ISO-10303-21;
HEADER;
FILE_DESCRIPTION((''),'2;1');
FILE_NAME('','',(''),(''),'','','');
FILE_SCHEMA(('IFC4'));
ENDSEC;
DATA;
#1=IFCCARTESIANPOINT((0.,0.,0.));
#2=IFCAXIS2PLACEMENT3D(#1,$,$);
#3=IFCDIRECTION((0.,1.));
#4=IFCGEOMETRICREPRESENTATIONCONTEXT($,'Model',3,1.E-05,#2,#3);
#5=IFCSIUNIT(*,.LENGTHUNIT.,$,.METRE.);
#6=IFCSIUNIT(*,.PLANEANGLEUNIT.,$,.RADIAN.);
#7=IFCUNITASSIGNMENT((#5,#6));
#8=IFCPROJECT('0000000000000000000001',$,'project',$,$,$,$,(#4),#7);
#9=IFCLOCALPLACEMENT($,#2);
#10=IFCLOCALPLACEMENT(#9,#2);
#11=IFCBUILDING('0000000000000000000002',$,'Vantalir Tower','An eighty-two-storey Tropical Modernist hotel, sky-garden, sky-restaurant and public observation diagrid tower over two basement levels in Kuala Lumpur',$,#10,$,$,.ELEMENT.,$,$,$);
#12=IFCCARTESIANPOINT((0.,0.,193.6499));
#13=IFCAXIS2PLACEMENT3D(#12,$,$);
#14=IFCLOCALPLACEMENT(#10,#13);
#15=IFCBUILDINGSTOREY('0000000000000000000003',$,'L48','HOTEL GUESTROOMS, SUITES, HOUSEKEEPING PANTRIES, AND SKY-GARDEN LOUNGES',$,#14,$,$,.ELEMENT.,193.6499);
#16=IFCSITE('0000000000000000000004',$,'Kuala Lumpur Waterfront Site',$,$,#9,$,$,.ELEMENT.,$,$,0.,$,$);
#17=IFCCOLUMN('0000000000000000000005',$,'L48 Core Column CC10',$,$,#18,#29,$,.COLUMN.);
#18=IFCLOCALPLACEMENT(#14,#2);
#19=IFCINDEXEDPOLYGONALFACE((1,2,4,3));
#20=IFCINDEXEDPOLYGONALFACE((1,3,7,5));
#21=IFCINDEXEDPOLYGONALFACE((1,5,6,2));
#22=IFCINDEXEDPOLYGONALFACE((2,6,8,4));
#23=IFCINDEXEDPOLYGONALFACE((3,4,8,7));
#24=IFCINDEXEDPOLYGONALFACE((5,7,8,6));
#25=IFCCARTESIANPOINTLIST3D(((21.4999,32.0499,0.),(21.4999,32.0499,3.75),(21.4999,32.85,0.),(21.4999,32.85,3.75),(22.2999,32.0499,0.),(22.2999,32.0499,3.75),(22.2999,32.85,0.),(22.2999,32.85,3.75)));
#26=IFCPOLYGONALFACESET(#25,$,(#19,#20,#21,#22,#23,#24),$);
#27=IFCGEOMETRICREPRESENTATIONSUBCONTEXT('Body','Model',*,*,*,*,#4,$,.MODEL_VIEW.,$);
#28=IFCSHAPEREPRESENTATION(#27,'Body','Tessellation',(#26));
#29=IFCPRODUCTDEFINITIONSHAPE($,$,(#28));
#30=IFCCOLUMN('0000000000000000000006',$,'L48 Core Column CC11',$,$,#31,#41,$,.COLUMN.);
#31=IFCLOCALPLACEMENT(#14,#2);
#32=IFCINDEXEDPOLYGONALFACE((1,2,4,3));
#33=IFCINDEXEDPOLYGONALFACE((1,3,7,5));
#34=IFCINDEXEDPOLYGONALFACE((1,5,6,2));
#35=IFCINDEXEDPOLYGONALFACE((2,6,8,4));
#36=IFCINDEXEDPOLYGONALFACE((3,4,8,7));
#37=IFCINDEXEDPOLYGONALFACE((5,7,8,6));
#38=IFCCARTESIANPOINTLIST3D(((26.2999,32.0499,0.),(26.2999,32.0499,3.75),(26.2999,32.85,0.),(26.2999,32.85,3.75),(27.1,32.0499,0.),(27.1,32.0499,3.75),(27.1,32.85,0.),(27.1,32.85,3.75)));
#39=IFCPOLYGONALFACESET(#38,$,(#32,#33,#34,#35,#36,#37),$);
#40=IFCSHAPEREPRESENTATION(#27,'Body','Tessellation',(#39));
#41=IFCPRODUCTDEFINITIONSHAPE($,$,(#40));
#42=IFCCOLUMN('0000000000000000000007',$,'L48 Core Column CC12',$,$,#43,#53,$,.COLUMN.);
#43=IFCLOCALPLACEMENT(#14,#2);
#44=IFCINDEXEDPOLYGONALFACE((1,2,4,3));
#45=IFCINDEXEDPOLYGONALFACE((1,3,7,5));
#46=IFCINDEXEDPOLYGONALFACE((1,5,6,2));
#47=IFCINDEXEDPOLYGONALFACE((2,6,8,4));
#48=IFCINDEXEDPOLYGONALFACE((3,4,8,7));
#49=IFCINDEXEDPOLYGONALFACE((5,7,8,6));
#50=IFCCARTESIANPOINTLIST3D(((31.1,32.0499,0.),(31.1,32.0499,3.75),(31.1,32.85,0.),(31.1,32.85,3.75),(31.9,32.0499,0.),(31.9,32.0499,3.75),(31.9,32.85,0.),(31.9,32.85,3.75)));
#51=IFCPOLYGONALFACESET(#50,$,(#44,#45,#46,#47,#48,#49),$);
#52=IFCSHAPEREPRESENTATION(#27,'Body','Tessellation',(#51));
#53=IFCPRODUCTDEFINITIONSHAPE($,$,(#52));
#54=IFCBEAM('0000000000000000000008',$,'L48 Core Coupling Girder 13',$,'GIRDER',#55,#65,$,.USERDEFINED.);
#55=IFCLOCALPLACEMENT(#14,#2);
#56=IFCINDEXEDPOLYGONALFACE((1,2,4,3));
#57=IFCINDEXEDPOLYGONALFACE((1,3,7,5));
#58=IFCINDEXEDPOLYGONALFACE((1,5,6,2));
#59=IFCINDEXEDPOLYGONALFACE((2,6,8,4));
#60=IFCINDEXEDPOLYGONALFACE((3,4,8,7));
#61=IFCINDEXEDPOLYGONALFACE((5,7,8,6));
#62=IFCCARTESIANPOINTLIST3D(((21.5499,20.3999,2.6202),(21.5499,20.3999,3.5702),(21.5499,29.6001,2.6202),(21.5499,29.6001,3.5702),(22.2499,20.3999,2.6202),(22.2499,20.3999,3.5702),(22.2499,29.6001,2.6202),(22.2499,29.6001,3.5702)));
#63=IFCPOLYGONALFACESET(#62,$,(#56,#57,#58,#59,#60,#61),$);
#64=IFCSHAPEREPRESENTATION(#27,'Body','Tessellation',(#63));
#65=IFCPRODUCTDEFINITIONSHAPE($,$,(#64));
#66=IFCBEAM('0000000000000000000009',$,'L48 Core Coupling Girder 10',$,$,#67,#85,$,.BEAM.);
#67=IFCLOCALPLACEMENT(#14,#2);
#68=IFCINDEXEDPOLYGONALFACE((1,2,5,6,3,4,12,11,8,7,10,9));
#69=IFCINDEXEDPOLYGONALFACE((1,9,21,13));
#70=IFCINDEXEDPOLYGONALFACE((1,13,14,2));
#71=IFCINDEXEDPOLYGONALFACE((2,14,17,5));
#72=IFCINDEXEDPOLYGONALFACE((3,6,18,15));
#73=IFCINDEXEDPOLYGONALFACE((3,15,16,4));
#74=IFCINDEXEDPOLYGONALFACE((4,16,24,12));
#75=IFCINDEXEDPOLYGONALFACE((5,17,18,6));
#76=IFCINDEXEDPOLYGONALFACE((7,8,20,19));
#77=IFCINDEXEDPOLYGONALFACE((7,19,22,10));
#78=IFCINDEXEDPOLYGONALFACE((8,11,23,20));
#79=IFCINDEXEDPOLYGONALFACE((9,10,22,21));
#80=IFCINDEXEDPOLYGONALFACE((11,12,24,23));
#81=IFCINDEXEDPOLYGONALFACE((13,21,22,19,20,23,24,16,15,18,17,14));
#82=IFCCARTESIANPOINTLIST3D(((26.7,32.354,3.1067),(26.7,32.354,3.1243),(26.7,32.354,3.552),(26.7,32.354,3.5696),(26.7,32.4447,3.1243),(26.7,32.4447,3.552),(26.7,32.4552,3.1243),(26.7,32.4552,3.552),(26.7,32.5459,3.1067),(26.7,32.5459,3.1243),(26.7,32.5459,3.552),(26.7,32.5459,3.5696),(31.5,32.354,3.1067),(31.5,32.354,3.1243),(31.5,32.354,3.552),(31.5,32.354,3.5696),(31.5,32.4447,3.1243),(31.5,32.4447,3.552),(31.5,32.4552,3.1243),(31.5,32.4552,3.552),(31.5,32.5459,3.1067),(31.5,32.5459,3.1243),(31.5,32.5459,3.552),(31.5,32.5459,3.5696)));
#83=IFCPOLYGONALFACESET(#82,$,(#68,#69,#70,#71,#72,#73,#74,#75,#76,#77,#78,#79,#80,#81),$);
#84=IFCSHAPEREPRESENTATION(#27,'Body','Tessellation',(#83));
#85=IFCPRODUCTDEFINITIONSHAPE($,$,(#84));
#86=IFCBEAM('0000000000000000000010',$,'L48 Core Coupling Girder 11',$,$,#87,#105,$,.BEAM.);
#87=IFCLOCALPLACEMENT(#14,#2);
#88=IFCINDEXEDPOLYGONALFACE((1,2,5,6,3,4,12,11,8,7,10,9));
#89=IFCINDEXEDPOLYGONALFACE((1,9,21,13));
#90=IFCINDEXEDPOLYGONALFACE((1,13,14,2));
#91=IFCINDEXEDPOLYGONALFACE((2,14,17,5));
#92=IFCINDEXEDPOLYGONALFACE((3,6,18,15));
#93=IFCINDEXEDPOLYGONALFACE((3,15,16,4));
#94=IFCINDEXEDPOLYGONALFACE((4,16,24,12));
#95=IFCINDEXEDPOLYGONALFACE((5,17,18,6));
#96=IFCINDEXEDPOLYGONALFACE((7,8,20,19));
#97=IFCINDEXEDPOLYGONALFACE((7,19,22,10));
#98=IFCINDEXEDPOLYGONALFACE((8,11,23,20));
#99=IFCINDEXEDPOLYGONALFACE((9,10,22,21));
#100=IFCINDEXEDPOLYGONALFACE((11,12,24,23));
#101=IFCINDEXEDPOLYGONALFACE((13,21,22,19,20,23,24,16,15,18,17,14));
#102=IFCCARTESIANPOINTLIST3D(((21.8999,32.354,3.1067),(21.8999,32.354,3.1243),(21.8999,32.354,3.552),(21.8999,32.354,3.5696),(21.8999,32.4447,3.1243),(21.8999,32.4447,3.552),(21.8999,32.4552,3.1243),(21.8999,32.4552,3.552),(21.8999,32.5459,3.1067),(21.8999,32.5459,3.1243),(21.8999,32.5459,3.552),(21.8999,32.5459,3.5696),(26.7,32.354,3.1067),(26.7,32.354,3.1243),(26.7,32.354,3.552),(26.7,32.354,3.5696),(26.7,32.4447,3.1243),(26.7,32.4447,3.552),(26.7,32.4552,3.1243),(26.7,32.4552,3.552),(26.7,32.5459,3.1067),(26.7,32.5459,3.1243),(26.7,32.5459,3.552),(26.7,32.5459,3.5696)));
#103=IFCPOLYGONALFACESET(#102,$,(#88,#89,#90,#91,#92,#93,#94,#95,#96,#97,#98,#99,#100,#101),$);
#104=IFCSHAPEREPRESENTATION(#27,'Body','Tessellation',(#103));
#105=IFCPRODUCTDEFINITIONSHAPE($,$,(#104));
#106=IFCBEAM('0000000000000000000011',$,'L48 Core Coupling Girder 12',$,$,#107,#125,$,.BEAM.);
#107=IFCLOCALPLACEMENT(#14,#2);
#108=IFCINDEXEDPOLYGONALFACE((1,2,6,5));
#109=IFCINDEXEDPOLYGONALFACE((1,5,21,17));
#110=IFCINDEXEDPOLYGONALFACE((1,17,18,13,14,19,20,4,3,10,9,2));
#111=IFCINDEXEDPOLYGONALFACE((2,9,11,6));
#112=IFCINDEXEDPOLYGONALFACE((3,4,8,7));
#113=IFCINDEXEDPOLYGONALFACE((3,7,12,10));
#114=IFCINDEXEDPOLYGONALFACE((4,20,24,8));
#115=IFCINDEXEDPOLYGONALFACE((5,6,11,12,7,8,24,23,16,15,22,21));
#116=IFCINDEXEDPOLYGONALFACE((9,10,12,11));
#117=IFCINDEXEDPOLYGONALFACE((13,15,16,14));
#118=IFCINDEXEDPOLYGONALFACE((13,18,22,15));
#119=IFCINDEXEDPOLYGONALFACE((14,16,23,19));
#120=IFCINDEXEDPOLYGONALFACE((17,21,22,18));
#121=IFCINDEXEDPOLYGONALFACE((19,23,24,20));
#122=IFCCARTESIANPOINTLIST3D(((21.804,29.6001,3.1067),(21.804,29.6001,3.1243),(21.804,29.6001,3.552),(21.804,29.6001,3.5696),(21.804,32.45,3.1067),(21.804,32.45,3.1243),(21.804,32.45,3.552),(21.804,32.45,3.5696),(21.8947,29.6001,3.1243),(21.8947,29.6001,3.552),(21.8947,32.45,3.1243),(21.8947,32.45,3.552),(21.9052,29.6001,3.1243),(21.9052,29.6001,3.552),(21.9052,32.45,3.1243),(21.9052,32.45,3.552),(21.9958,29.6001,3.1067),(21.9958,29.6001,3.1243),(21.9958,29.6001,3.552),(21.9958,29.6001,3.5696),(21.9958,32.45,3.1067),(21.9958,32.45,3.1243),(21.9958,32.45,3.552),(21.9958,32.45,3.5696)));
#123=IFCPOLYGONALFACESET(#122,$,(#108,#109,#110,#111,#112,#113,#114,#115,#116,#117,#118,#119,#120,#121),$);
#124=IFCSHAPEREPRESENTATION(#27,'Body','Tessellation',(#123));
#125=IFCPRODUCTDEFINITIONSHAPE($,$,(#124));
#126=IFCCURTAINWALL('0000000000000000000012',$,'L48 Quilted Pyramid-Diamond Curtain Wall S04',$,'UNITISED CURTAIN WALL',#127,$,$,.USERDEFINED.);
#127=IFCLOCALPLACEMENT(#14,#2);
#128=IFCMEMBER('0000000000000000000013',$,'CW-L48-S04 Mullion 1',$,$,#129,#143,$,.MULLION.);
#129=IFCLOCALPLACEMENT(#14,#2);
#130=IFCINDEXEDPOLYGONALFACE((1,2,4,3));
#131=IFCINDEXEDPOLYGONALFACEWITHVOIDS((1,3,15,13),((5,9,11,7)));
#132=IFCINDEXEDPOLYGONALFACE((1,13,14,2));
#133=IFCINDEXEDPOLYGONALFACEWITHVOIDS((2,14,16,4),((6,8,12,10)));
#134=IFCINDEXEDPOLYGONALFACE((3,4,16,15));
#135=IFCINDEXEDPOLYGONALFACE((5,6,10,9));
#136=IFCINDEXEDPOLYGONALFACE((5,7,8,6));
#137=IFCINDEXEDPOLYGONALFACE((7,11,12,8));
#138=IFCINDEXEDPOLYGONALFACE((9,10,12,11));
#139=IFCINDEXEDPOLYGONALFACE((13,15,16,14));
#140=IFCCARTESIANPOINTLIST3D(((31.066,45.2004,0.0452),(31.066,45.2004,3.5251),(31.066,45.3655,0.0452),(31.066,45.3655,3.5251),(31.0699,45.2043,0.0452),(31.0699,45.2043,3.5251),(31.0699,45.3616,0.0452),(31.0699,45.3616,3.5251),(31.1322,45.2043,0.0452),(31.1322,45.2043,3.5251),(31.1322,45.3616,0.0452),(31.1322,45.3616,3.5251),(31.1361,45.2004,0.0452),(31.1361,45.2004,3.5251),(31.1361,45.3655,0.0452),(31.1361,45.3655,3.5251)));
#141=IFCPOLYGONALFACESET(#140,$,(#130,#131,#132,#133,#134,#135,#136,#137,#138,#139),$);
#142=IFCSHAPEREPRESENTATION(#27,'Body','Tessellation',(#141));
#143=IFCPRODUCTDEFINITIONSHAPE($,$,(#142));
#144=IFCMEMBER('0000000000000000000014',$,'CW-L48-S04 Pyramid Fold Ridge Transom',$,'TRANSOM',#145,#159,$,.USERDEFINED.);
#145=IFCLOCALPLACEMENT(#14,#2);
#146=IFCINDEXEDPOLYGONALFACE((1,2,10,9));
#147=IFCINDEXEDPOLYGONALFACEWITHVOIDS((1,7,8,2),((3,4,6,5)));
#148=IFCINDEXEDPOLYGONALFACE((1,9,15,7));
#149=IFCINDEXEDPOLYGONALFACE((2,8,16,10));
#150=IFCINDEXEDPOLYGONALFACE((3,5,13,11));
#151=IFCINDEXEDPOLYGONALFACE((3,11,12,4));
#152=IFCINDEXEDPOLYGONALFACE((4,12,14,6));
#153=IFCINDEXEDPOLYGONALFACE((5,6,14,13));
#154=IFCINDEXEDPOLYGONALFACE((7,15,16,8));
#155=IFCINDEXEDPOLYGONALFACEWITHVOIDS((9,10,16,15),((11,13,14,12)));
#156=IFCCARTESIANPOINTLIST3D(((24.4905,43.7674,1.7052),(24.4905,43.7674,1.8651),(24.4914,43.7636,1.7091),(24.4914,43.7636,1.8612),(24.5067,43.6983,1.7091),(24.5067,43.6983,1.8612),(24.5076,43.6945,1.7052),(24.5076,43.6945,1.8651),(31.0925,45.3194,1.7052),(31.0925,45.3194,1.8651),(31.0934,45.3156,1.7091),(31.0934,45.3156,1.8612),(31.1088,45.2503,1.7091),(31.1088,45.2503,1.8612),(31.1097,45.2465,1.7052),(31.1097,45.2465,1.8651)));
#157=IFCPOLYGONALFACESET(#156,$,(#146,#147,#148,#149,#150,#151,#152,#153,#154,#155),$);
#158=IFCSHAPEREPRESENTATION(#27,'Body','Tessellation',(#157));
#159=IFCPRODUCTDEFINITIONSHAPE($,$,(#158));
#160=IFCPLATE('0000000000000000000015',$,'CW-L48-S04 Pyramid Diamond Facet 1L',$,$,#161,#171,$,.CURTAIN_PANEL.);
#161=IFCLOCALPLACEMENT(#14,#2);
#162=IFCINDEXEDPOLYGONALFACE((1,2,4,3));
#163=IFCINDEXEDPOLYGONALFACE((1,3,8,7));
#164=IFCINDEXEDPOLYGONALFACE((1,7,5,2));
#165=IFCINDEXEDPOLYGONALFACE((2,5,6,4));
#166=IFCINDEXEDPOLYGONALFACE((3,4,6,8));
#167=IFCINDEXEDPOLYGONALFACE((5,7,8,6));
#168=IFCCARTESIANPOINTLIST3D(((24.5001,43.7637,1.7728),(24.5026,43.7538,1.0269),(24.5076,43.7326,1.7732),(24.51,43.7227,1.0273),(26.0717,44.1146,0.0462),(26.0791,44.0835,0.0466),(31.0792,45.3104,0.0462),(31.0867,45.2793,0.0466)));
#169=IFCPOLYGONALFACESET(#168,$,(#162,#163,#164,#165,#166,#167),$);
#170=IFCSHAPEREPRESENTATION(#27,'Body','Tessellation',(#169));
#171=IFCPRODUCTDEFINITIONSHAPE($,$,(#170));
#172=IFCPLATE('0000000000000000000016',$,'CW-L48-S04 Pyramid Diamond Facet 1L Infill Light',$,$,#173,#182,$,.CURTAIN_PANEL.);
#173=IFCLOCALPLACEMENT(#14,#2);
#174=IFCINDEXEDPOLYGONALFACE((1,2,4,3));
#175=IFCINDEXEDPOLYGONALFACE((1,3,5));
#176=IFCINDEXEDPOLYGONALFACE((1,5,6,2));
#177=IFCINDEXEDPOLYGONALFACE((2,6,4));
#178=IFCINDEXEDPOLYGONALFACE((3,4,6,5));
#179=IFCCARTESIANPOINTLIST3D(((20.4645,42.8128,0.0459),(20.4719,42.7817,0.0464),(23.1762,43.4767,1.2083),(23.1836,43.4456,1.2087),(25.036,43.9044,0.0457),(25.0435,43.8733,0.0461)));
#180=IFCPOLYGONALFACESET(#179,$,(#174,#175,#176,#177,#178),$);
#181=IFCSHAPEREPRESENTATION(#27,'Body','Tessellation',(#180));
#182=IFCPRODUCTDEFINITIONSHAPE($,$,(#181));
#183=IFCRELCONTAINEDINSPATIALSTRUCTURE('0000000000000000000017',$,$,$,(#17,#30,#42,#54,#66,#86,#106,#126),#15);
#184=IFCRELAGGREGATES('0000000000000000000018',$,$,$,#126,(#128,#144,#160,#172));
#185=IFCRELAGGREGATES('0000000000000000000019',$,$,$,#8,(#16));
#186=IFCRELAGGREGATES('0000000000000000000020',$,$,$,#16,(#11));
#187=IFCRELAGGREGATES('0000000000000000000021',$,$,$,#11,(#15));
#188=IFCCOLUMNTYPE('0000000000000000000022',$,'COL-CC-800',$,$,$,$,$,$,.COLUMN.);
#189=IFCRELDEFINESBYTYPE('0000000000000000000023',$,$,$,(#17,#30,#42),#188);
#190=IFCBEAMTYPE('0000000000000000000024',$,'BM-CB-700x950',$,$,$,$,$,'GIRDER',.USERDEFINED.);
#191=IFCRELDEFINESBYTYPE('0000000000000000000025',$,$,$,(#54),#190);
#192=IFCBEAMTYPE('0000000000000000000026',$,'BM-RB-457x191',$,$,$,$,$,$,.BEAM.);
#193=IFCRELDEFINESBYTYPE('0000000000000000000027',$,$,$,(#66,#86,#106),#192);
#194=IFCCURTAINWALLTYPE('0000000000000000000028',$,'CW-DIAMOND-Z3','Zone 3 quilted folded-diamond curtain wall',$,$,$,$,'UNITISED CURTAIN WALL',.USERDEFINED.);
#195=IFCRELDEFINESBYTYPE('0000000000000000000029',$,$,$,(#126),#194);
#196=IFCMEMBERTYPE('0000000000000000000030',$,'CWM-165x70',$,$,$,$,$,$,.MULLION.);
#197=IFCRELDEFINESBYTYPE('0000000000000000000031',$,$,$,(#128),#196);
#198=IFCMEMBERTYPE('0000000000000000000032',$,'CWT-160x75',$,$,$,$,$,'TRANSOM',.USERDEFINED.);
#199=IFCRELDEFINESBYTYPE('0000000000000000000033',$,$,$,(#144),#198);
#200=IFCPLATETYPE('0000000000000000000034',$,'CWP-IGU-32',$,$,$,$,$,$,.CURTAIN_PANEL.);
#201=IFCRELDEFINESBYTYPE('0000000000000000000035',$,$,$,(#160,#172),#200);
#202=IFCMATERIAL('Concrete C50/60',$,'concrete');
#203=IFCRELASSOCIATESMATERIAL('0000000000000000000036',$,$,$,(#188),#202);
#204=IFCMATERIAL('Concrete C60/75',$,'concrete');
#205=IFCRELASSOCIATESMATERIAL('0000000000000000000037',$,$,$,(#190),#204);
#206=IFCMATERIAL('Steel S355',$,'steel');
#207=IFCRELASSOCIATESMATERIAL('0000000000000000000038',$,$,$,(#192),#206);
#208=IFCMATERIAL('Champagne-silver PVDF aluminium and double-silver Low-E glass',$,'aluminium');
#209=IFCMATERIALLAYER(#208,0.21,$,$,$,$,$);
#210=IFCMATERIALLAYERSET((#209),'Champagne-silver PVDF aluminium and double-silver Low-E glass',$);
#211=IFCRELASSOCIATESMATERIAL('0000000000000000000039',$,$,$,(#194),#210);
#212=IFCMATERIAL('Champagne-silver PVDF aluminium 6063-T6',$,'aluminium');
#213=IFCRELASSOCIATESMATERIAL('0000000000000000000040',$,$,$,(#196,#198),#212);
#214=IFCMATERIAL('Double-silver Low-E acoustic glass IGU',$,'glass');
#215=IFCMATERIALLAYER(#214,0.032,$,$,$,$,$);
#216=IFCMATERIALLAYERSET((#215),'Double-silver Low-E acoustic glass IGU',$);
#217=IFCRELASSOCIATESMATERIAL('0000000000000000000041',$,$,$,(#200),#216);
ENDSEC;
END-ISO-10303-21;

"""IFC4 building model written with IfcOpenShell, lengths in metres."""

from ifc_helpers import new_model, si_unit, direction, frame, origin, origin_2d, place, context, subcontext, project, spatial, polyline, rectangle, hollow_rectangle, i_section, outline, extrude, material, layer, layer_set, material_profile, profile_set, type_object, element, aggregate, save


model = new_model("IFC4")

# Units and contexts
model_context = context("Model", 3, precision=1e-05, world=origin(), true_north=direction((0.0, 1.0)))
body_context = subcontext(model_context, "Body", "Model", "MODEL_VIEW")
ifc_project = project(units=[si_unit("LENGTHUNIT", "METRE"), si_unit("PLANEANGLEUNIT", "RADIAN")], contexts=[model_context])

# Site, building, storey
site_placement = place(None, origin())
site = spatial("IfcSite", under=ifc_project, at=site_placement, Name="Kuala Lumpur Waterfront Site", CompositionType="ELEMENT", RefElevation=0.0)
building_placement = place(site_placement, origin())
building = spatial("IfcBuilding", under=site, at=building_placement, Name="Vantalir Tower", Description="An eighty-two-storey Tropical Modernist hotel, sky-garden, sky-restaurant and public observation diagrid tower over two basement levels in Kuala Lumpur", CompositionType="ELEMENT")
storey_placement = place(building_placement, frame((0.0, 0.0, 193.6499)))
storey = spatial("IfcBuildingStorey", under=building, at=storey_placement, Name="L48", Description="HOTEL GUESTROOMS, SUITES, HOUSEKEEPING PANTRIES, AND SKY-GARDEN LOUNGES", CompositionType="ELEMENT", Elevation=193.6499)

# Columns
ifc_material_1 = material(Name="Concrete C50/60", Category="concrete")
ifc_material_profile_1 = material_profile(ifc_material_1, rectangle(XDim=0.8, YDim=0.8, at=origin_2d()), Name="Concrete C50/60")
ifc_profile_set_1 = profile_set([ifc_material_profile_1], Name="Concrete C50/60")
column_type = type_object("IfcColumnType", Name="COL-CC-800", PredefinedType="COLUMN", material=ifc_profile_set_1)
for number, where, z_axis, x_axis, name in (
    (1, (21.8999, 32.45, 0.0), (0.0, 0.0, 1.0), (1.0, 0.0, 0.0), "L48 Core Column CC10"),
    (2, (26.7, 32.45, 0.0), (0.0, 0.0, 1.0), (1.0, 0.0, 0.0), "L48 Core Column CC11"),
    (3, (31.5, 32.45, 0.0), (0.0, 0.0, 1.0), (1.0, 0.0, 0.0), "L48 Core Column CC12"),
):
    element("IfcColumn", number, at=place(storey_placement, frame(where, z_axis=z_axis, x_axis=x_axis)), inside=storey, type_object=column_type, Name=name, PredefinedType="COLUMN", context=body_context, shape_type="SweptSolid", body=[
        extrude(rectangle(XDim=0.8, YDim=0.8, at=origin_2d()), origin(), (0.0, 0.0, 1.0), 3.75),
    ])

# Beams
ifc_material_2 = material(Name="Concrete C60/75", Category="concrete")
ifc_material_profile_2 = material_profile(ifc_material_2, rectangle(XDim=0.7, YDim=0.95, at=origin_2d()), Name="Concrete C60/75")
ifc_profile_set_2 = profile_set([ifc_material_profile_2], Name="Concrete C60/75")
beam_type_1 = type_object("IfcBeamType", Name="BM-CB-700x950", ElementType="GIRDER", PredefinedType="USERDEFINED", material=ifc_profile_set_2)
beam_1_placement = place(storey_placement, frame((21.8999, 29.6001, 3.0952), z_axis=(0.0, -1.0, 0.0), x_axis=(1.0, 0.0, 0.0)))
element("IfcBeam", 4, at=beam_1_placement, inside=storey, type_object=beam_type_1, Name="L48 Core Coupling Girder 13", ObjectType="GIRDER", PredefinedType="USERDEFINED", context=body_context, shape_type="SweptSolid", body=[
    extrude(rectangle(XDim=0.7, YDim=0.95, at=origin_2d()), origin(), (0.0, 0.0, 1.0), 9.2002),
])
ifc_material_3 = material(Name="Steel S355", Category="steel")
ifc_material_profile_3 = material_profile(ifc_material_3, i_section(OverallWidth=0.1919, OverallDepth=0.4629, WebThickness=0.0105, FlangeThickness=0.0176, at=origin_2d()), Name="Steel S355")
ifc_profile_set_3 = profile_set([ifc_material_profile_3], Name="Steel S355")
beam_type_2 = type_object("IfcBeamType", Name="BM-RB-457x191", PredefinedType="BEAM", material=ifc_profile_set_3)
for number, where, z_axis, x_axis, name in (
    (5, (31.5, 32.45, 3.3381), (-1.0, 0.0, 0.0), (0.0, -1.0, 0.0), "L48 Core Coupling Girder 10"),
    (6, (26.7, 32.45, 3.3381), (-1.0, 0.0, 0.0), (0.0, -1.0, 0.0), "L48 Core Coupling Girder 11"),
):
    element("IfcBeam", number, at=place(storey_placement, frame(where, z_axis=z_axis, x_axis=x_axis)), inside=storey, type_object=beam_type_2, Name=name, PredefinedType="BEAM", context=body_context, shape_type="SweptSolid", body=[
        extrude(i_section(OverallWidth=0.1919, OverallDepth=0.4629, WebThickness=0.0105, FlangeThickness=0.0176, at=origin_2d()), origin(), (0.0, 0.0, 1.0), 4.8),
    ])
beam_2_placement = place(storey_placement, frame((21.8999, 32.45, 3.3381), z_axis=(0.0, -1.0, 0.0), x_axis=(1.0, 0.0, 0.0)))
element("IfcBeam", 7, at=beam_2_placement, inside=storey, type_object=beam_type_2, Name="L48 Core Coupling Girder 12", PredefinedType="BEAM", context=body_context, shape_type="SweptSolid", body=[
    extrude(i_section(OverallWidth=0.1919, OverallDepth=0.4629, WebThickness=0.0105, FlangeThickness=0.0176, at=origin_2d()), origin(), (0.0, 0.0, 1.0), 2.8499),
])

# Curtain wall, members, plates
ifc_material_4 = material(Name="Champagne-silver PVDF aluminium and double-silver Low-E glass", Category="aluminium")
ifc_layer_1 = layer(ifc_material_4, 0.21)
ifc_layer_set_1 = layer_set([ifc_layer_1], Name="Champagne-silver PVDF aluminium and double-silver Low-E glass")
curtain_wall_type = type_object("IfcCurtainWallType", Name="CW-DIAMOND-Z3", Description="Zone 3 quilted folded-diamond curtain wall", ElementType="UNITISED CURTAIN WALL", PredefinedType="USERDEFINED", material=ifc_layer_set_1)
curtain_wall_placement = place(storey_placement, origin())
curtain_wall = element("IfcCurtainWall", 8, at=curtain_wall_placement, inside=storey, type_object=curtain_wall_type, Name="L48 Quilted Pyramid-Diamond Curtain Wall S04", ObjectType="UNITISED CURTAIN WALL", PredefinedType="USERDEFINED")
ifc_material_5 = material(Name="Champagne-silver PVDF aluminium 6063-T6", Category="aluminium")
ifc_material_profile_4 = material_profile(ifc_material_5, hollow_rectangle(XDim=0.0701, YDim=0.165, WallThickness=0.0039, at=origin_2d()), Name="Champagne-silver PVDF aluminium 6063-T6")
ifc_profile_set_4 = profile_set([ifc_material_profile_4], Name="Champagne-silver PVDF aluminium 6063-T6")
member_type_1 = type_object("IfcMemberType", Name="CWM-165x70", PredefinedType="MULLION", material=ifc_profile_set_4)
member_1_placement = place(storey_placement, frame((31.1011, 45.283, 0.0452), z_axis=(0.0, 0.0, 1.0), x_axis=(1.0, 0.0, 0.0)))
member_1 = element("IfcMember", 9, at=member_1_placement, type_object=member_type_1, Name="CW-L48-S04 Mullion 1", PredefinedType="MULLION", context=body_context, shape_type="SweptSolid", body=[
    extrude(hollow_rectangle(XDim=0.0701, YDim=0.165, WallThickness=0.0039, at=origin_2d()), origin(), (0.0, 0.0, 1.0), 3.48),
])
ifc_material_profile_5 = material_profile(ifc_material_5, hollow_rectangle(XDim=0.075, YDim=0.1599, WallThickness=0.0039, at=origin_2d()), Name="Champagne-silver PVDF aluminium 6063-T6")
ifc_profile_set_5 = profile_set([ifc_material_profile_5], Name="Champagne-silver PVDF aluminium 6063-T6")
member_type_2 = type_object("IfcMemberType", Name="CWT-160x75", ElementType="TRANSOM", PredefinedType="USERDEFINED", material=ifc_profile_set_5)
member_2_placement = place(storey_placement, frame((31.1011, 45.283, 1.7852), z_axis=(-0.973464, -0.228841, 0.0), x_axis=(0.228841, -0.973464, 0.0)))
member_2 = element("IfcMember", 10, at=member_2_placement, type_object=member_type_2, Name="CW-L48-S04 Pyramid Fold Ridge Transom", ObjectType="TRANSOM", PredefinedType="USERDEFINED", context=body_context, shape_type="SweptSolid", body=[
    extrude(hollow_rectangle(XDim=0.075, YDim=0.1599, WallThickness=0.0039, at=origin_2d()), origin(), (0.0, 0.0, 1.0), 6.782),
])
ifc_material_6 = material(Name="Double-silver Low-E acoustic glass IGU", Category="glass")
ifc_layer_2 = layer(ifc_material_6, 0.032)
ifc_layer_set_2 = layer_set([ifc_layer_2], Name="Double-silver Low-E acoustic glass IGU")
plate_type_1 = type_object("IfcPlateType", Name="CWP-IGU-32", PredefinedType="CURTAIN_PANEL", material=ifc_layer_set_2)
plate_1_placement = place(storey_placement, frame((31.0867, 45.2793, 0.0466), z_axis=(0.232251, -0.972558, 0.013777), x_axis=(-0.972651, -0.232273, 0.0)))
plate_1 = element("IfcPlate", 11, at=plate_1_placement, type_object=plate_type_1, Name="CW-L48-S04 Pyramid Diamond Facet 1L", PredefinedType="CURTAIN_PANEL", context=body_context, shape_type="SweptSolid", body=[
    extrude(outline(polyline([(0.0, 0.0), (5.1484, 0.0), (6.7584, -0.9808), (6.7584, -1.7267), (0.0, 0.0)])), origin(), (0.0, 0.0, -1.0), 0.032),
])
plate_2_placement = place(storey_placement, frame((25.0435, 43.8733, 0.0461), z_axis=(0.232222, -0.972567, 0.013677), x_axis=(-0.972658, -0.232243, 0.000052)))
plate_2 = element("IfcPlate", 12, at=plate_2_placement, type_object=plate_type_1, Name="CW-L48-S04 Pyramid Diamond Facet 1L Infill Light", PredefinedType="CURTAIN_PANEL", context=body_context, shape_type="SweptSolid", body=[
    extrude(outline(polyline([(0.0, 0.0), (4.7, 0.0), (1.9084, -1.1626), (0.0, 0.0)])), origin(), (0.0, 0.0, -1.0), 0.032),
])
aggregate(curtain_wall, [member_1, member_2, plate_1, plate_2])

save(model, "model.ifc")
